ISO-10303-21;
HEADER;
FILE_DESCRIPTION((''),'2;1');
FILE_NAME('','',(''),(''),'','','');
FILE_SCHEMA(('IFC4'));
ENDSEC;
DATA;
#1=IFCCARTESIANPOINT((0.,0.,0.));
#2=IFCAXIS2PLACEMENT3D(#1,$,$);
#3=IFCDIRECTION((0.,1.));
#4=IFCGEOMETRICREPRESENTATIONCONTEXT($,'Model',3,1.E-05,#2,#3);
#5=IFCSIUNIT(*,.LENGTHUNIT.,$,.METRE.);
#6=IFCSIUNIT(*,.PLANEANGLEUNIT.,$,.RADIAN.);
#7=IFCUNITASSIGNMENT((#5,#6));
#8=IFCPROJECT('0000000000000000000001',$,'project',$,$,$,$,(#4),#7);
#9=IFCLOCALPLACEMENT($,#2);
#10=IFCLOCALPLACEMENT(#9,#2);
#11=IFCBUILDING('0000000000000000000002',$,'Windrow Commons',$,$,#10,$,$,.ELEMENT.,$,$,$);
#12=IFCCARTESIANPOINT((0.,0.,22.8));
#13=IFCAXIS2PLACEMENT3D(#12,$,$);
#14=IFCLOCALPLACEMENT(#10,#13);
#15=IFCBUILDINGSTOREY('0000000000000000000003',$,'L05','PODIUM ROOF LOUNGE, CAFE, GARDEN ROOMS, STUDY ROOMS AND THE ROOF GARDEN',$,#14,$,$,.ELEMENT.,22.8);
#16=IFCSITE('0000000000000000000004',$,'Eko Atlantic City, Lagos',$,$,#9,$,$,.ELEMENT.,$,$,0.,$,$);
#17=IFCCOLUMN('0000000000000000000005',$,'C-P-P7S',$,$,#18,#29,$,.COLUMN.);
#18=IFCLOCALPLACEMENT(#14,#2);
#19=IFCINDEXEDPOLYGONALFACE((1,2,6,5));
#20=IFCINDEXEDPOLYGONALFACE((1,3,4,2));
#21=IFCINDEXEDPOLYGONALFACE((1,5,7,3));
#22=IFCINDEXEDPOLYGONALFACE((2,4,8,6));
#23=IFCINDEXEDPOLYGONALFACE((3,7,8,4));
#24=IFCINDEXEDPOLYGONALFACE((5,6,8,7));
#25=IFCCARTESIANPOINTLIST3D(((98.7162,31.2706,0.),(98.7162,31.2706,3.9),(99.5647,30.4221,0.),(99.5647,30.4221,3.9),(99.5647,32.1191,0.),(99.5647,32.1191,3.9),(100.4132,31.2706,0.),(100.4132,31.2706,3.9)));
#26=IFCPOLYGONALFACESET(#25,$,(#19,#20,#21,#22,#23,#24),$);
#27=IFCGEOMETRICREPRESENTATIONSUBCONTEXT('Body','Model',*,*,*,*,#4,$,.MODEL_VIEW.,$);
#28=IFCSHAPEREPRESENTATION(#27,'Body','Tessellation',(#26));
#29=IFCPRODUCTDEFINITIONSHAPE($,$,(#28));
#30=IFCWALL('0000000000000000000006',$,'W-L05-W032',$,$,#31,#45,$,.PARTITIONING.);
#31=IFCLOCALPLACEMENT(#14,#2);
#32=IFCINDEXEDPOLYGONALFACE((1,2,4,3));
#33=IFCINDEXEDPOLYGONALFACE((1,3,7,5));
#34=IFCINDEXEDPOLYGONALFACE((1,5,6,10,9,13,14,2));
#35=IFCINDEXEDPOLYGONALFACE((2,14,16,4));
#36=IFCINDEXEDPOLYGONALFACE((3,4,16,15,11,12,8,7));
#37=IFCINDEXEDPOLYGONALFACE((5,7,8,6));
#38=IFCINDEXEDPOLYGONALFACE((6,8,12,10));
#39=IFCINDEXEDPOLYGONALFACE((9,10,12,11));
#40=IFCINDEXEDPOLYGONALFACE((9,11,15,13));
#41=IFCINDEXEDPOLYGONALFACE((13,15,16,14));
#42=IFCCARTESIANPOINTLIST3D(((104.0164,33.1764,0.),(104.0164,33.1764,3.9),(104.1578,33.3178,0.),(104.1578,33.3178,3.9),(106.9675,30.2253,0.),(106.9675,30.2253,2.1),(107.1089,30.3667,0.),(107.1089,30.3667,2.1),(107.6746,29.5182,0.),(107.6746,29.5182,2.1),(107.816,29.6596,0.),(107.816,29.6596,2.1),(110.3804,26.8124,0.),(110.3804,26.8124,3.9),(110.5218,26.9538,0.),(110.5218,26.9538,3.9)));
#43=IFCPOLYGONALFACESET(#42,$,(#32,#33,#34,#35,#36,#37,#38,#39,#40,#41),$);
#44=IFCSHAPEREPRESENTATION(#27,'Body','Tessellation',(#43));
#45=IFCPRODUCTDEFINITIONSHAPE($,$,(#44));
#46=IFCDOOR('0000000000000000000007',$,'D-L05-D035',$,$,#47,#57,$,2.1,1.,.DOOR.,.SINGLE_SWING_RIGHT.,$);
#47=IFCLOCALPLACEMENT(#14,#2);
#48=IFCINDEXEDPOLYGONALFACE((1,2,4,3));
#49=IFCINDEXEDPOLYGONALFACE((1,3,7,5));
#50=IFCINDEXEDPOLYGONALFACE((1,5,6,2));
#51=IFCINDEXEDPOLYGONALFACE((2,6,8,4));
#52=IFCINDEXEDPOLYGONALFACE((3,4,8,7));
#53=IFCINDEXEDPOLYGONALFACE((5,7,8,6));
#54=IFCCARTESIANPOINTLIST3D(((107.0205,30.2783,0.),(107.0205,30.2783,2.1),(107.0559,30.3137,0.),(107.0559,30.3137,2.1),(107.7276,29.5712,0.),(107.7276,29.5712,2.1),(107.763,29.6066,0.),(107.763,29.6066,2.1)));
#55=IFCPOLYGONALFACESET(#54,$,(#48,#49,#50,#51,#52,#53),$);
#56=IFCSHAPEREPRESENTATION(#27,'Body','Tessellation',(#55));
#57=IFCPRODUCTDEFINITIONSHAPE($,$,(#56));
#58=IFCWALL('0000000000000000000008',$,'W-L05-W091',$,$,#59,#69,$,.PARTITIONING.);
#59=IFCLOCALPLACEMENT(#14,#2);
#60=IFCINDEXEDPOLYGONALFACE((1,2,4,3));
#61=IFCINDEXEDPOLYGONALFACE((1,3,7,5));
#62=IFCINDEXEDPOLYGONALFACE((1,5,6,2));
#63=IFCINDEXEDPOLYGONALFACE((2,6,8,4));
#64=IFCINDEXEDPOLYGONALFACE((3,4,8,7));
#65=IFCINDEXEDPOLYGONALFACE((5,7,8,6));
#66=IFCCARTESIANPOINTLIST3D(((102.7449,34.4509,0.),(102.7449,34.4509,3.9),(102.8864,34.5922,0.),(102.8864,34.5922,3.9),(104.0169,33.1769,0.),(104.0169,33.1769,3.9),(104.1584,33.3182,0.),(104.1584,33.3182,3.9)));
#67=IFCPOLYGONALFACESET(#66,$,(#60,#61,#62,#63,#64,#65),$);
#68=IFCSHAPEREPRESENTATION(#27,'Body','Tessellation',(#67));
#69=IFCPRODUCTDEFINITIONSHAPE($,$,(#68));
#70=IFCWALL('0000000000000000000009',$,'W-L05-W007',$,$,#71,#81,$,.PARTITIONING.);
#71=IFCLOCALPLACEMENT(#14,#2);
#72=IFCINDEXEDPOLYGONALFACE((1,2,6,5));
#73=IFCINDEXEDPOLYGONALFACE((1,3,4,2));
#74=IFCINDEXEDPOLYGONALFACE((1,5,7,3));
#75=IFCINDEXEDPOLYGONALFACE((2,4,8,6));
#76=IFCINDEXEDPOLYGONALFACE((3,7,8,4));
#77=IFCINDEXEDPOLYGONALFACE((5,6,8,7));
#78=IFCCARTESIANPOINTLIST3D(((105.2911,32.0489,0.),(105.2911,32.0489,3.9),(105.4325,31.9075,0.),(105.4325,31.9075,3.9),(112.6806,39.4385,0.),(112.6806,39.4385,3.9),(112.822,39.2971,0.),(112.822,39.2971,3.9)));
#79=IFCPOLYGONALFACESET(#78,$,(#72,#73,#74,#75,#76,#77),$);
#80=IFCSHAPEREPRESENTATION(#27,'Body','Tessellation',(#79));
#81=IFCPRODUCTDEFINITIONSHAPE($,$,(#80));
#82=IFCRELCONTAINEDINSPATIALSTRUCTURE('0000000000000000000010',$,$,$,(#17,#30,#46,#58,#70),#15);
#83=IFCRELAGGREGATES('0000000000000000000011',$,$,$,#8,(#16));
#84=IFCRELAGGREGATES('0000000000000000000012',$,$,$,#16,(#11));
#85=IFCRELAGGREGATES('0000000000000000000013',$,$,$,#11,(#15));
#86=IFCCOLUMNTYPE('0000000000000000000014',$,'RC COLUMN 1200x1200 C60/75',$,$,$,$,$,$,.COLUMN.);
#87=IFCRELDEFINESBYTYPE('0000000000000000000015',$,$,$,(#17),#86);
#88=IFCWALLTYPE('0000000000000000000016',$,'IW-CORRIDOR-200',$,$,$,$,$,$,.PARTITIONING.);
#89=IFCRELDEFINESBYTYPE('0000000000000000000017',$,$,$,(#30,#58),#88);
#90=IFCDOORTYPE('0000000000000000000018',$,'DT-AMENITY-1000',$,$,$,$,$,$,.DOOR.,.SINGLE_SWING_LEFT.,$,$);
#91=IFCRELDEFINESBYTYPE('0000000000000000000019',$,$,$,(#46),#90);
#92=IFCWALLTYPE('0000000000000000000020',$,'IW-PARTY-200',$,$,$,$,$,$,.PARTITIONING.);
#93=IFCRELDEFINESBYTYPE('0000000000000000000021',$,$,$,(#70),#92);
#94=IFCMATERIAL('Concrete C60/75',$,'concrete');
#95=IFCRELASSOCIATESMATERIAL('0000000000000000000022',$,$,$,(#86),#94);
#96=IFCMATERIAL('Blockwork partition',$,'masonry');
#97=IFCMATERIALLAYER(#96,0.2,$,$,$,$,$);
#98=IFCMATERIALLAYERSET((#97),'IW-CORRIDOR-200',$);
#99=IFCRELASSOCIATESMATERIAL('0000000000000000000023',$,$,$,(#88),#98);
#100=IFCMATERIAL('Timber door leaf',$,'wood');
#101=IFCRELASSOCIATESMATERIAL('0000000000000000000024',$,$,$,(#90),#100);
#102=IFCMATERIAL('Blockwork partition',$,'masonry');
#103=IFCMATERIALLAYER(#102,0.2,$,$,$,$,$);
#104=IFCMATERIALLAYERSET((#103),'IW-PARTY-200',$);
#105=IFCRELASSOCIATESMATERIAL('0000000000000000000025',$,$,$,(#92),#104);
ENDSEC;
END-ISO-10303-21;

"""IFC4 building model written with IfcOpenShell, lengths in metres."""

from ifc_helpers import new_model, si_unit, direction, frame, frame_2d, origin, origin_2d, place, context, subcontext, project, spatial, rectangle, extrude, material, layer, layer_set, material_profile, profile_set, type_object, element, fill, save


model = new_model("IFC4")

# Units and contexts
model_context = context("Model", 3, precision=1e-05, world=origin(), true_north=direction((0.0, 1.0)))
body_context = subcontext(model_context, "Body", "Model", "MODEL_VIEW")
ifc_project = project(units=[si_unit("LENGTHUNIT", "METRE"), si_unit("PLANEANGLEUNIT", "RADIAN")], contexts=[model_context])

# Site, building, storey
site_placement = place(None, origin())
site = spatial("IfcSite", under=ifc_project, at=site_placement, Name="Eko Atlantic City, Lagos", CompositionType="ELEMENT", RefElevation=0.0)
building_placement = place(site_placement, origin())
building = spatial("IfcBuilding", under=site, at=building_placement, Name="Windrow Commons", CompositionType="ELEMENT")
storey_placement = place(building_placement, frame((0.0, 0.0, 22.8)))
storey = spatial("IfcBuildingStorey", under=building, at=storey_placement, Name="L05", Description="PODIUM ROOF LOUNGE, CAFE, GARDEN ROOMS, STUDY ROOMS AND THE ROOF GARDEN", CompositionType="ELEMENT", Elevation=22.8)

# Column
ifc_material_1 = material(Name="Concrete C60/75", Category="concrete")
ifc_material_profile = material_profile(ifc_material_1, rectangle(XDim=1.2, YDim=1.2, at=origin_2d()))
ifc_profile_set = profile_set([ifc_material_profile], Name="Concrete C60/75")
column_type = type_object("IfcColumnType", Name="RC COLUMN 1200x1200 C60/75", PredefinedType="COLUMN", material=ifc_profile_set)
column_placement = place(storey_placement, frame((99.5647, 31.2706, 0.0), z_axis=(0.0, 0.0, 1.0), x_axis=(0.707107, -0.707107, 0.0)))
element("IfcColumn", 1, at=column_placement, inside=storey, type_object=column_type, Name="C-P-P7S", PredefinedType="COLUMN", context=body_context, shape_type="SweptSolid", body=[
    extrude(rectangle(XDim=1.2, YDim=1.2, at=origin_2d()), origin(), (0.0, 0.0, 1.0), 3.9),
])

# Wall, opening, door
ifc_material_2 = material(Name="Blockwork partition", Category="masonry")
ifc_layer_1 = layer(ifc_material_2, 0.2)
ifc_layer_set_1 = layer_set([ifc_layer_1], Name="IW-CORRIDOR-200")
wall_type_1 = type_object("IfcWallType", Name="IW-CORRIDOR-200", PredefinedType="PARTITIONING", material=ifc_layer_set_1)
wall_1_placement = place(storey_placement, frame((104.0871, 33.2471, 0.0), z_axis=(0.0, 0.0, 1.0), x_axis=(0.707107, -0.707107, 0.0)))
wall_1 = element("IfcWall", 2, at=wall_1_placement, inside=storey, type_object=wall_type_1, Name="W-L05-W032", PredefinedType="PARTITIONING", context=body_context, shape_type="SweptSolid", body=[
    extrude(rectangle(XDim=9.0001, YDim=0.2, at=frame_2d((4.5, 0.0))), origin(), (0.0, 0.0, 1.0), 3.9),
])
opening_placement = place(wall_1_placement, frame((4.1735, 0.0, 0.0)))
opening = element("IfcOpeningElement", 3, at=opening_placement, cuts=wall_1, PredefinedType="OPENING", context=body_context, shape_type="SweptSolid", body=[
    extrude(rectangle(XDim=1.0, YDim=2.1, at=frame_2d((0.5, 1.05))), frame((0.0, 0.11, 0.0), z_axis=(0.0, -1.0, 0.0), x_axis=(1.0, 0.0, 0.0)), (0.0, 0.0, 1.0), 0.22),
])
ifc_material_3 = material(Name="Timber door leaf", Category="wood")
door_type = type_object("IfcDoorType", Name="DT-AMENITY-1000", OperationType="SINGLE_SWING_LEFT", PredefinedType="DOOR", material=ifc_material_3)
door_placement = place(opening_placement, origin())
door = element("IfcDoor", 4, at=door_placement, inside=storey, type_object=door_type, Name="D-L05-D035", OperationType="SINGLE_SWING_RIGHT", OverallHeight=2.1, OverallWidth=1.0, PredefinedType="DOOR", context=body_context, shape_type="SweptSolid", body=[
    extrude(rectangle(XDim=1.0, YDim=2.1, at=frame_2d((0.5, 1.05))), frame((0.0, 0.025, 0.0), z_axis=(0.0, -1.0, 0.0), x_axis=(1.0, 0.0, 0.0)), (0.0, 0.0, 1.0), 0.05),
])
fill(opening, door)

# Walls
wall_2_placement = place(storey_placement, frame((102.8156, 34.5216, 0.0), z_axis=(0.0, 0.0, 1.0), x_axis=(0.706551, -0.707662, 0.0)))
element("IfcWall", 5, at=wall_2_placement, inside=storey, type_object=wall_type_1, Name="W-L05-W091", PredefinedType="PARTITIONING", context=body_context, shape_type="SweptSolid", body=[
    extrude(rectangle(XDim=1.8003, YDim=0.2, at=frame_2d((0.9002, 0.0))), origin(), (0.0, 0.0, 1.0), 3.9),
])
ifc_material_4 = material(Name="Blockwork partition", Category="masonry")
ifc_layer_2 = layer(ifc_material_4, 0.2)
ifc_layer_set_2 = layer_set([ifc_layer_2], Name="IW-PARTY-200")
wall_type_2 = type_object("IfcWallType", Name="IW-PARTY-200", PredefinedType="PARTITIONING", material=ifc_layer_set_2)
wall_3_placement = place(storey_placement, frame((105.3618, 31.9782, 0.0), z_axis=(0.0, 0.0, 1.0), x_axis=(0.707102, 0.707112, 0.0)))
element("IfcWall", 6, at=wall_3_placement, inside=storey, type_object=wall_type_2, Name="W-L05-W007", PredefinedType="PARTITIONING", context=body_context, shape_type="SweptSolid", body=[
    extrude(rectangle(XDim=10.4505, YDim=0.2, at=frame_2d((5.2252, 0.0))), origin(), (0.0, 0.0, 1.0), 3.9),
])

save(model, "model.ifc")
